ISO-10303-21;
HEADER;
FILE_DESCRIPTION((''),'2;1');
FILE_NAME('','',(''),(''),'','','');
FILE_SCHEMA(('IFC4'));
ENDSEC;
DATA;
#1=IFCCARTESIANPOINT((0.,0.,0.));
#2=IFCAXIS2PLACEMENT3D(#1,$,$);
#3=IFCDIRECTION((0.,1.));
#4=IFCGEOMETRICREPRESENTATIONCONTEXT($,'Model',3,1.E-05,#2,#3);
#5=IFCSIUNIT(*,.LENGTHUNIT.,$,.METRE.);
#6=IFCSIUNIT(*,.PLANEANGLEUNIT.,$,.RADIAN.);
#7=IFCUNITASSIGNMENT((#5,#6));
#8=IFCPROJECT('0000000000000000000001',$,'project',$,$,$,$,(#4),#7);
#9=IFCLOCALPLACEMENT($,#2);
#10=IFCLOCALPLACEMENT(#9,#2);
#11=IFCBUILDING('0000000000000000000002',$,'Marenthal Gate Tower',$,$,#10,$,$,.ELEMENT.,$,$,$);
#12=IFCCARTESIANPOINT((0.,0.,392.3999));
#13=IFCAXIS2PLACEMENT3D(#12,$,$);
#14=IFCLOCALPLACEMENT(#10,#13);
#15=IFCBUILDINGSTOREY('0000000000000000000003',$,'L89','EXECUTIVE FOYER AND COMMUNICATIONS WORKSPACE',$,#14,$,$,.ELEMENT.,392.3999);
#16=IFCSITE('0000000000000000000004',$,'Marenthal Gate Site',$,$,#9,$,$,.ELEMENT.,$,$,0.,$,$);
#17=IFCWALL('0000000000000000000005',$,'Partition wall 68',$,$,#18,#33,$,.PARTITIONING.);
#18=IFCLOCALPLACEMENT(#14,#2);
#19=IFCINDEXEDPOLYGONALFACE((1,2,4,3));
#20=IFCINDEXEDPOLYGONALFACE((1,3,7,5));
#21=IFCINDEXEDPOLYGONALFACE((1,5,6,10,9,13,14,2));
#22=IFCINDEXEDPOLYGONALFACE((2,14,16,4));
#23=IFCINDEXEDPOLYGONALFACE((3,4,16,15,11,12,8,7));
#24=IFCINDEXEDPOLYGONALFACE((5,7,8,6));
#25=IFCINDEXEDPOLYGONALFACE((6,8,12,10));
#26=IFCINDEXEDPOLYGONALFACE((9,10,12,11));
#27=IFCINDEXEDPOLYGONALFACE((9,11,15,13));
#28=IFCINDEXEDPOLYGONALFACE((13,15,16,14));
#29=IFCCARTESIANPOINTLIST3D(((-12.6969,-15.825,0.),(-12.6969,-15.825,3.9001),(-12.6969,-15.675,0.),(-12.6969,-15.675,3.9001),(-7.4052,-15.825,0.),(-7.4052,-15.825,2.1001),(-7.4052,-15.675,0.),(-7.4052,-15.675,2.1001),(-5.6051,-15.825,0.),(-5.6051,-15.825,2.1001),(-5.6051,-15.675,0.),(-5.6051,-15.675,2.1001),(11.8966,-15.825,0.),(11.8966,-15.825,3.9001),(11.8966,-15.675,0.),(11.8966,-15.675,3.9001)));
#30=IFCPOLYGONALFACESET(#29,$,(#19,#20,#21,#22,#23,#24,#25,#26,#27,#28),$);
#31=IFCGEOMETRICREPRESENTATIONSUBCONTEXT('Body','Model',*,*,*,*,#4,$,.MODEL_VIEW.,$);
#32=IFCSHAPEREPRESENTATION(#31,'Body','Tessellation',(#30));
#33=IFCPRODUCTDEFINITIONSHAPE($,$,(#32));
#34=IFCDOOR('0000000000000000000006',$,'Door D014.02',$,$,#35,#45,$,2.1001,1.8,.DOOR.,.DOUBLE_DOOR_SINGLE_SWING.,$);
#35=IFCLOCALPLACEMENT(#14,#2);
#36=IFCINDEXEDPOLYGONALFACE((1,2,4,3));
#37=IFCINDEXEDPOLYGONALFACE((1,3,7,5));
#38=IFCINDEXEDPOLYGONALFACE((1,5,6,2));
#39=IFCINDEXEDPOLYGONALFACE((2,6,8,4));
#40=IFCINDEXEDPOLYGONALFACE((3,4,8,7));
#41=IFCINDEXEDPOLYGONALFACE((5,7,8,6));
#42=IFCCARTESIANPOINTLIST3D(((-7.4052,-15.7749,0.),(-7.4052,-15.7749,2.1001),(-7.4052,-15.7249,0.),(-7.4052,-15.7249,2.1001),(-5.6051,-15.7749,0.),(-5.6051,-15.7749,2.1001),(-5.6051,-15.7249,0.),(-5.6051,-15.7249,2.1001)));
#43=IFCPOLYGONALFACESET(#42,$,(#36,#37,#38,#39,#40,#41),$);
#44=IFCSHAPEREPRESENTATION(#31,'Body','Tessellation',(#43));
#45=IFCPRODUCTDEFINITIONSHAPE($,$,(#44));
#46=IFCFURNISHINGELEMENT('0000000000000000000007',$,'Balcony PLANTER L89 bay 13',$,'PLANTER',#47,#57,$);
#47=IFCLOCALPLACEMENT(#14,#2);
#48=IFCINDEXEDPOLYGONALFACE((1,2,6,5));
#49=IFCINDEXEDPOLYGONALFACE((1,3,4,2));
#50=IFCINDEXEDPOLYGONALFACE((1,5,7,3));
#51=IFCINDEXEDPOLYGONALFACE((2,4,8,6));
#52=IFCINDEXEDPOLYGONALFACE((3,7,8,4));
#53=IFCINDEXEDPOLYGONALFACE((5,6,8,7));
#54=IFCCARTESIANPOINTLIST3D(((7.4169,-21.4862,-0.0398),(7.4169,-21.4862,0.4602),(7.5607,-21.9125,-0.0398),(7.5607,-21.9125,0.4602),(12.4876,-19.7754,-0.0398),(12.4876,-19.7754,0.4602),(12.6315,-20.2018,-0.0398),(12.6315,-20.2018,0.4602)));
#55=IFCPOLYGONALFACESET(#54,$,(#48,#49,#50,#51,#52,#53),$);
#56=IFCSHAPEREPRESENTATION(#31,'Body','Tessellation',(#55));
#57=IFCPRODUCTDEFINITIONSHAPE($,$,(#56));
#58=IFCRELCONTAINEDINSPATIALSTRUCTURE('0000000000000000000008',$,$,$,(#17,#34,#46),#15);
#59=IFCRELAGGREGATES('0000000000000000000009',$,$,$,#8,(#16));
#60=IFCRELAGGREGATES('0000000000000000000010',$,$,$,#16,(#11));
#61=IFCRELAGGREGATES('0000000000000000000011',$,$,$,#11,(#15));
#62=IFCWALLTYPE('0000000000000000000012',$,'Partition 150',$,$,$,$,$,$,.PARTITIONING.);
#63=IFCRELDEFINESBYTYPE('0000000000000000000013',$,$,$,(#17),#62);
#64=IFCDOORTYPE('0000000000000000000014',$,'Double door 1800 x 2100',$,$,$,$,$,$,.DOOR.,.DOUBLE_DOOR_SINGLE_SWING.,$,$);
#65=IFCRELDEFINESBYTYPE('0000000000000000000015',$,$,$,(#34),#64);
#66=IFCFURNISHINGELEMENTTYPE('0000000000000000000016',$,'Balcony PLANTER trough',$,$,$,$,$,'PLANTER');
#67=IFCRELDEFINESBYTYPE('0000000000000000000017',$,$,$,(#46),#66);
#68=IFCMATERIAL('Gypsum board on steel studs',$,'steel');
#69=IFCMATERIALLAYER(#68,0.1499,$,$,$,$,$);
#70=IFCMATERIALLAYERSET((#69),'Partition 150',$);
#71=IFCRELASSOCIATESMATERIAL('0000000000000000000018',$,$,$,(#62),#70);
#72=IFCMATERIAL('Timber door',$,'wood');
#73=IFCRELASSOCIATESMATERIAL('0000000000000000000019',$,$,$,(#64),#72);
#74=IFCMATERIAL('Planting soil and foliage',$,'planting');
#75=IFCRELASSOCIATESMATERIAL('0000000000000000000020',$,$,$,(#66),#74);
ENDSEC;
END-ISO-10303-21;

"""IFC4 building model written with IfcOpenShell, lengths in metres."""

from ifc_helpers import new_model, si_unit, direction, frame, frame_2d, origin, origin_2d, place, context, subcontext, project, spatial, rectangle, extrude, material, layer, layer_set, type_object, element, fill, save


model = new_model("IFC4")

# Units and contexts
model_context = context("Model", 3, precision=1e-05, world=origin(), true_north=direction((0.0, 1.0)))
body_context = subcontext(model_context, "Body", "Model", "MODEL_VIEW")
ifc_project = project(units=[si_unit("LENGTHUNIT", "METRE"), si_unit("PLANEANGLEUNIT", "RADIAN")], contexts=[model_context])

# Site, building, storey
site_placement = place(None, origin())
site = spatial("IfcSite", under=ifc_project, at=site_placement, Name="Marenthal Gate Site", CompositionType="ELEMENT", RefElevation=0.0)
building_placement = place(site_placement, origin())
building = spatial("IfcBuilding", under=site, at=building_placement, Name="Marenthal Gate Tower", CompositionType="ELEMENT")
storey_placement = place(building_placement, frame((0.0, 0.0, 392.3999)))
storey = spatial("IfcBuildingStorey", under=building, at=storey_placement, Name="L89", Description="EXECUTIVE FOYER AND COMMUNICATIONS WORKSPACE", CompositionType="ELEMENT", Elevation=392.3999)

# Shared definitions
ifc_material_1 = material(Name="Gypsum board on steel studs", Category="steel")
ifc_layer_1 = layer(ifc_material_1, 0.1499)
ifc_layer_set_1 = layer_set([ifc_layer_1], Name="Partition 150")
wall_type_1 = type_object("IfcWallType", Name="Partition 150", PredefinedType="PARTITIONING", material=ifc_layer_set_1)

# Wall, opening, door
wall_1_placement = place(storey_placement, frame((11.8967, -15.75, 0.0), z_axis=(0.0, 0.0, 1.0), x_axis=(-1.0, 0.0, 0.0)))
wall_1 = element("IfcWall", 1, at=wall_1_placement, inside=storey, type_object=wall_type_1, Name="Partition wall 68", PredefinedType="PARTITIONING", context=body_context, shape_type="SweptSolid", body=[
    extrude(rectangle(XDim=24.5935, YDim=0.1499, at=frame_2d((12.2969, 0.0))), origin(), (0.0, 0.0, 1.0), 3.9001),
])
opening_1_placement = place(wall_1_placement, frame((17.502, 0.0, 0.0)))
opening_1 = element("IfcOpeningElement", 2, at=opening_1_placement, cuts=wall_1, PredefinedType="OPENING", context=body_context, shape_type="SweptSolid", body=[
    extrude(rectangle(XDim=1.8, YDim=2.1001, at=frame_2d((0.8999, 1.05))), frame((0.0, 0.085, 0.0), z_axis=(0.0, -1.0, 0.0), x_axis=(1.0, 0.0, 0.0)), (0.0, 0.0, 1.0), 0.1699),
])
ifc_material_2 = material(Name="Timber door", Category="wood")
door_type_1 = type_object("IfcDoorType", Name="Double door 1800 x 2100", OperationType="DOUBLE_DOOR_SINGLE_SWING", PredefinedType="DOOR", material=ifc_material_2)
door_1_placement = place(opening_1_placement, origin())
door_1 = element("IfcDoor", 3, at=door_1_placement, inside=storey, type_object=door_type_1, Name="Door D014.02", OperationType="DOUBLE_DOOR_SINGLE_SWING", OverallHeight=2.1001, OverallWidth=1.8, PredefinedType="DOOR", context=body_context, shape_type="SweptSolid", body=[
    extrude(rectangle(XDim=1.8, YDim=2.1001, at=frame_2d((0.8999, 1.05))), frame((0.0, 0.0249, 0.0), z_axis=(0.0, -1.0, 0.0), x_axis=(1.0, 0.0, 0.0)), (0.0, 0.0, 1.0), 0.05),
])
fill(opening_1, door_1)

# Furnishing element
ifc_material_3 = material(Name="Planting soil and foliage", Category="planting")
furnishing_element_type = type_object("IfcFurnishingElementType", Name="Balcony PLANTER trough", ElementType="PLANTER", material=ifc_material_3)
furnishing_placement = place(storey_placement, frame((10.0242, -20.844, -0.0398), z_axis=(0.0, 0.0, 1.0), x_axis=(0.947527, 0.319676, 0.0)))
element("IfcFurnishingElement", 4, at=furnishing_placement, inside=storey, type_object=furnishing_element_type, Name="Balcony PLANTER L89 bay 13", ObjectType="PLANTER", context=body_context, shape_type="SweptSolid", body=[
    extrude(rectangle(XDim=5.3516, YDim=0.45, at=origin_2d()), origin(), (0.0, 0.0, 1.0), 0.5),
])

save(model, "model.ifc")
